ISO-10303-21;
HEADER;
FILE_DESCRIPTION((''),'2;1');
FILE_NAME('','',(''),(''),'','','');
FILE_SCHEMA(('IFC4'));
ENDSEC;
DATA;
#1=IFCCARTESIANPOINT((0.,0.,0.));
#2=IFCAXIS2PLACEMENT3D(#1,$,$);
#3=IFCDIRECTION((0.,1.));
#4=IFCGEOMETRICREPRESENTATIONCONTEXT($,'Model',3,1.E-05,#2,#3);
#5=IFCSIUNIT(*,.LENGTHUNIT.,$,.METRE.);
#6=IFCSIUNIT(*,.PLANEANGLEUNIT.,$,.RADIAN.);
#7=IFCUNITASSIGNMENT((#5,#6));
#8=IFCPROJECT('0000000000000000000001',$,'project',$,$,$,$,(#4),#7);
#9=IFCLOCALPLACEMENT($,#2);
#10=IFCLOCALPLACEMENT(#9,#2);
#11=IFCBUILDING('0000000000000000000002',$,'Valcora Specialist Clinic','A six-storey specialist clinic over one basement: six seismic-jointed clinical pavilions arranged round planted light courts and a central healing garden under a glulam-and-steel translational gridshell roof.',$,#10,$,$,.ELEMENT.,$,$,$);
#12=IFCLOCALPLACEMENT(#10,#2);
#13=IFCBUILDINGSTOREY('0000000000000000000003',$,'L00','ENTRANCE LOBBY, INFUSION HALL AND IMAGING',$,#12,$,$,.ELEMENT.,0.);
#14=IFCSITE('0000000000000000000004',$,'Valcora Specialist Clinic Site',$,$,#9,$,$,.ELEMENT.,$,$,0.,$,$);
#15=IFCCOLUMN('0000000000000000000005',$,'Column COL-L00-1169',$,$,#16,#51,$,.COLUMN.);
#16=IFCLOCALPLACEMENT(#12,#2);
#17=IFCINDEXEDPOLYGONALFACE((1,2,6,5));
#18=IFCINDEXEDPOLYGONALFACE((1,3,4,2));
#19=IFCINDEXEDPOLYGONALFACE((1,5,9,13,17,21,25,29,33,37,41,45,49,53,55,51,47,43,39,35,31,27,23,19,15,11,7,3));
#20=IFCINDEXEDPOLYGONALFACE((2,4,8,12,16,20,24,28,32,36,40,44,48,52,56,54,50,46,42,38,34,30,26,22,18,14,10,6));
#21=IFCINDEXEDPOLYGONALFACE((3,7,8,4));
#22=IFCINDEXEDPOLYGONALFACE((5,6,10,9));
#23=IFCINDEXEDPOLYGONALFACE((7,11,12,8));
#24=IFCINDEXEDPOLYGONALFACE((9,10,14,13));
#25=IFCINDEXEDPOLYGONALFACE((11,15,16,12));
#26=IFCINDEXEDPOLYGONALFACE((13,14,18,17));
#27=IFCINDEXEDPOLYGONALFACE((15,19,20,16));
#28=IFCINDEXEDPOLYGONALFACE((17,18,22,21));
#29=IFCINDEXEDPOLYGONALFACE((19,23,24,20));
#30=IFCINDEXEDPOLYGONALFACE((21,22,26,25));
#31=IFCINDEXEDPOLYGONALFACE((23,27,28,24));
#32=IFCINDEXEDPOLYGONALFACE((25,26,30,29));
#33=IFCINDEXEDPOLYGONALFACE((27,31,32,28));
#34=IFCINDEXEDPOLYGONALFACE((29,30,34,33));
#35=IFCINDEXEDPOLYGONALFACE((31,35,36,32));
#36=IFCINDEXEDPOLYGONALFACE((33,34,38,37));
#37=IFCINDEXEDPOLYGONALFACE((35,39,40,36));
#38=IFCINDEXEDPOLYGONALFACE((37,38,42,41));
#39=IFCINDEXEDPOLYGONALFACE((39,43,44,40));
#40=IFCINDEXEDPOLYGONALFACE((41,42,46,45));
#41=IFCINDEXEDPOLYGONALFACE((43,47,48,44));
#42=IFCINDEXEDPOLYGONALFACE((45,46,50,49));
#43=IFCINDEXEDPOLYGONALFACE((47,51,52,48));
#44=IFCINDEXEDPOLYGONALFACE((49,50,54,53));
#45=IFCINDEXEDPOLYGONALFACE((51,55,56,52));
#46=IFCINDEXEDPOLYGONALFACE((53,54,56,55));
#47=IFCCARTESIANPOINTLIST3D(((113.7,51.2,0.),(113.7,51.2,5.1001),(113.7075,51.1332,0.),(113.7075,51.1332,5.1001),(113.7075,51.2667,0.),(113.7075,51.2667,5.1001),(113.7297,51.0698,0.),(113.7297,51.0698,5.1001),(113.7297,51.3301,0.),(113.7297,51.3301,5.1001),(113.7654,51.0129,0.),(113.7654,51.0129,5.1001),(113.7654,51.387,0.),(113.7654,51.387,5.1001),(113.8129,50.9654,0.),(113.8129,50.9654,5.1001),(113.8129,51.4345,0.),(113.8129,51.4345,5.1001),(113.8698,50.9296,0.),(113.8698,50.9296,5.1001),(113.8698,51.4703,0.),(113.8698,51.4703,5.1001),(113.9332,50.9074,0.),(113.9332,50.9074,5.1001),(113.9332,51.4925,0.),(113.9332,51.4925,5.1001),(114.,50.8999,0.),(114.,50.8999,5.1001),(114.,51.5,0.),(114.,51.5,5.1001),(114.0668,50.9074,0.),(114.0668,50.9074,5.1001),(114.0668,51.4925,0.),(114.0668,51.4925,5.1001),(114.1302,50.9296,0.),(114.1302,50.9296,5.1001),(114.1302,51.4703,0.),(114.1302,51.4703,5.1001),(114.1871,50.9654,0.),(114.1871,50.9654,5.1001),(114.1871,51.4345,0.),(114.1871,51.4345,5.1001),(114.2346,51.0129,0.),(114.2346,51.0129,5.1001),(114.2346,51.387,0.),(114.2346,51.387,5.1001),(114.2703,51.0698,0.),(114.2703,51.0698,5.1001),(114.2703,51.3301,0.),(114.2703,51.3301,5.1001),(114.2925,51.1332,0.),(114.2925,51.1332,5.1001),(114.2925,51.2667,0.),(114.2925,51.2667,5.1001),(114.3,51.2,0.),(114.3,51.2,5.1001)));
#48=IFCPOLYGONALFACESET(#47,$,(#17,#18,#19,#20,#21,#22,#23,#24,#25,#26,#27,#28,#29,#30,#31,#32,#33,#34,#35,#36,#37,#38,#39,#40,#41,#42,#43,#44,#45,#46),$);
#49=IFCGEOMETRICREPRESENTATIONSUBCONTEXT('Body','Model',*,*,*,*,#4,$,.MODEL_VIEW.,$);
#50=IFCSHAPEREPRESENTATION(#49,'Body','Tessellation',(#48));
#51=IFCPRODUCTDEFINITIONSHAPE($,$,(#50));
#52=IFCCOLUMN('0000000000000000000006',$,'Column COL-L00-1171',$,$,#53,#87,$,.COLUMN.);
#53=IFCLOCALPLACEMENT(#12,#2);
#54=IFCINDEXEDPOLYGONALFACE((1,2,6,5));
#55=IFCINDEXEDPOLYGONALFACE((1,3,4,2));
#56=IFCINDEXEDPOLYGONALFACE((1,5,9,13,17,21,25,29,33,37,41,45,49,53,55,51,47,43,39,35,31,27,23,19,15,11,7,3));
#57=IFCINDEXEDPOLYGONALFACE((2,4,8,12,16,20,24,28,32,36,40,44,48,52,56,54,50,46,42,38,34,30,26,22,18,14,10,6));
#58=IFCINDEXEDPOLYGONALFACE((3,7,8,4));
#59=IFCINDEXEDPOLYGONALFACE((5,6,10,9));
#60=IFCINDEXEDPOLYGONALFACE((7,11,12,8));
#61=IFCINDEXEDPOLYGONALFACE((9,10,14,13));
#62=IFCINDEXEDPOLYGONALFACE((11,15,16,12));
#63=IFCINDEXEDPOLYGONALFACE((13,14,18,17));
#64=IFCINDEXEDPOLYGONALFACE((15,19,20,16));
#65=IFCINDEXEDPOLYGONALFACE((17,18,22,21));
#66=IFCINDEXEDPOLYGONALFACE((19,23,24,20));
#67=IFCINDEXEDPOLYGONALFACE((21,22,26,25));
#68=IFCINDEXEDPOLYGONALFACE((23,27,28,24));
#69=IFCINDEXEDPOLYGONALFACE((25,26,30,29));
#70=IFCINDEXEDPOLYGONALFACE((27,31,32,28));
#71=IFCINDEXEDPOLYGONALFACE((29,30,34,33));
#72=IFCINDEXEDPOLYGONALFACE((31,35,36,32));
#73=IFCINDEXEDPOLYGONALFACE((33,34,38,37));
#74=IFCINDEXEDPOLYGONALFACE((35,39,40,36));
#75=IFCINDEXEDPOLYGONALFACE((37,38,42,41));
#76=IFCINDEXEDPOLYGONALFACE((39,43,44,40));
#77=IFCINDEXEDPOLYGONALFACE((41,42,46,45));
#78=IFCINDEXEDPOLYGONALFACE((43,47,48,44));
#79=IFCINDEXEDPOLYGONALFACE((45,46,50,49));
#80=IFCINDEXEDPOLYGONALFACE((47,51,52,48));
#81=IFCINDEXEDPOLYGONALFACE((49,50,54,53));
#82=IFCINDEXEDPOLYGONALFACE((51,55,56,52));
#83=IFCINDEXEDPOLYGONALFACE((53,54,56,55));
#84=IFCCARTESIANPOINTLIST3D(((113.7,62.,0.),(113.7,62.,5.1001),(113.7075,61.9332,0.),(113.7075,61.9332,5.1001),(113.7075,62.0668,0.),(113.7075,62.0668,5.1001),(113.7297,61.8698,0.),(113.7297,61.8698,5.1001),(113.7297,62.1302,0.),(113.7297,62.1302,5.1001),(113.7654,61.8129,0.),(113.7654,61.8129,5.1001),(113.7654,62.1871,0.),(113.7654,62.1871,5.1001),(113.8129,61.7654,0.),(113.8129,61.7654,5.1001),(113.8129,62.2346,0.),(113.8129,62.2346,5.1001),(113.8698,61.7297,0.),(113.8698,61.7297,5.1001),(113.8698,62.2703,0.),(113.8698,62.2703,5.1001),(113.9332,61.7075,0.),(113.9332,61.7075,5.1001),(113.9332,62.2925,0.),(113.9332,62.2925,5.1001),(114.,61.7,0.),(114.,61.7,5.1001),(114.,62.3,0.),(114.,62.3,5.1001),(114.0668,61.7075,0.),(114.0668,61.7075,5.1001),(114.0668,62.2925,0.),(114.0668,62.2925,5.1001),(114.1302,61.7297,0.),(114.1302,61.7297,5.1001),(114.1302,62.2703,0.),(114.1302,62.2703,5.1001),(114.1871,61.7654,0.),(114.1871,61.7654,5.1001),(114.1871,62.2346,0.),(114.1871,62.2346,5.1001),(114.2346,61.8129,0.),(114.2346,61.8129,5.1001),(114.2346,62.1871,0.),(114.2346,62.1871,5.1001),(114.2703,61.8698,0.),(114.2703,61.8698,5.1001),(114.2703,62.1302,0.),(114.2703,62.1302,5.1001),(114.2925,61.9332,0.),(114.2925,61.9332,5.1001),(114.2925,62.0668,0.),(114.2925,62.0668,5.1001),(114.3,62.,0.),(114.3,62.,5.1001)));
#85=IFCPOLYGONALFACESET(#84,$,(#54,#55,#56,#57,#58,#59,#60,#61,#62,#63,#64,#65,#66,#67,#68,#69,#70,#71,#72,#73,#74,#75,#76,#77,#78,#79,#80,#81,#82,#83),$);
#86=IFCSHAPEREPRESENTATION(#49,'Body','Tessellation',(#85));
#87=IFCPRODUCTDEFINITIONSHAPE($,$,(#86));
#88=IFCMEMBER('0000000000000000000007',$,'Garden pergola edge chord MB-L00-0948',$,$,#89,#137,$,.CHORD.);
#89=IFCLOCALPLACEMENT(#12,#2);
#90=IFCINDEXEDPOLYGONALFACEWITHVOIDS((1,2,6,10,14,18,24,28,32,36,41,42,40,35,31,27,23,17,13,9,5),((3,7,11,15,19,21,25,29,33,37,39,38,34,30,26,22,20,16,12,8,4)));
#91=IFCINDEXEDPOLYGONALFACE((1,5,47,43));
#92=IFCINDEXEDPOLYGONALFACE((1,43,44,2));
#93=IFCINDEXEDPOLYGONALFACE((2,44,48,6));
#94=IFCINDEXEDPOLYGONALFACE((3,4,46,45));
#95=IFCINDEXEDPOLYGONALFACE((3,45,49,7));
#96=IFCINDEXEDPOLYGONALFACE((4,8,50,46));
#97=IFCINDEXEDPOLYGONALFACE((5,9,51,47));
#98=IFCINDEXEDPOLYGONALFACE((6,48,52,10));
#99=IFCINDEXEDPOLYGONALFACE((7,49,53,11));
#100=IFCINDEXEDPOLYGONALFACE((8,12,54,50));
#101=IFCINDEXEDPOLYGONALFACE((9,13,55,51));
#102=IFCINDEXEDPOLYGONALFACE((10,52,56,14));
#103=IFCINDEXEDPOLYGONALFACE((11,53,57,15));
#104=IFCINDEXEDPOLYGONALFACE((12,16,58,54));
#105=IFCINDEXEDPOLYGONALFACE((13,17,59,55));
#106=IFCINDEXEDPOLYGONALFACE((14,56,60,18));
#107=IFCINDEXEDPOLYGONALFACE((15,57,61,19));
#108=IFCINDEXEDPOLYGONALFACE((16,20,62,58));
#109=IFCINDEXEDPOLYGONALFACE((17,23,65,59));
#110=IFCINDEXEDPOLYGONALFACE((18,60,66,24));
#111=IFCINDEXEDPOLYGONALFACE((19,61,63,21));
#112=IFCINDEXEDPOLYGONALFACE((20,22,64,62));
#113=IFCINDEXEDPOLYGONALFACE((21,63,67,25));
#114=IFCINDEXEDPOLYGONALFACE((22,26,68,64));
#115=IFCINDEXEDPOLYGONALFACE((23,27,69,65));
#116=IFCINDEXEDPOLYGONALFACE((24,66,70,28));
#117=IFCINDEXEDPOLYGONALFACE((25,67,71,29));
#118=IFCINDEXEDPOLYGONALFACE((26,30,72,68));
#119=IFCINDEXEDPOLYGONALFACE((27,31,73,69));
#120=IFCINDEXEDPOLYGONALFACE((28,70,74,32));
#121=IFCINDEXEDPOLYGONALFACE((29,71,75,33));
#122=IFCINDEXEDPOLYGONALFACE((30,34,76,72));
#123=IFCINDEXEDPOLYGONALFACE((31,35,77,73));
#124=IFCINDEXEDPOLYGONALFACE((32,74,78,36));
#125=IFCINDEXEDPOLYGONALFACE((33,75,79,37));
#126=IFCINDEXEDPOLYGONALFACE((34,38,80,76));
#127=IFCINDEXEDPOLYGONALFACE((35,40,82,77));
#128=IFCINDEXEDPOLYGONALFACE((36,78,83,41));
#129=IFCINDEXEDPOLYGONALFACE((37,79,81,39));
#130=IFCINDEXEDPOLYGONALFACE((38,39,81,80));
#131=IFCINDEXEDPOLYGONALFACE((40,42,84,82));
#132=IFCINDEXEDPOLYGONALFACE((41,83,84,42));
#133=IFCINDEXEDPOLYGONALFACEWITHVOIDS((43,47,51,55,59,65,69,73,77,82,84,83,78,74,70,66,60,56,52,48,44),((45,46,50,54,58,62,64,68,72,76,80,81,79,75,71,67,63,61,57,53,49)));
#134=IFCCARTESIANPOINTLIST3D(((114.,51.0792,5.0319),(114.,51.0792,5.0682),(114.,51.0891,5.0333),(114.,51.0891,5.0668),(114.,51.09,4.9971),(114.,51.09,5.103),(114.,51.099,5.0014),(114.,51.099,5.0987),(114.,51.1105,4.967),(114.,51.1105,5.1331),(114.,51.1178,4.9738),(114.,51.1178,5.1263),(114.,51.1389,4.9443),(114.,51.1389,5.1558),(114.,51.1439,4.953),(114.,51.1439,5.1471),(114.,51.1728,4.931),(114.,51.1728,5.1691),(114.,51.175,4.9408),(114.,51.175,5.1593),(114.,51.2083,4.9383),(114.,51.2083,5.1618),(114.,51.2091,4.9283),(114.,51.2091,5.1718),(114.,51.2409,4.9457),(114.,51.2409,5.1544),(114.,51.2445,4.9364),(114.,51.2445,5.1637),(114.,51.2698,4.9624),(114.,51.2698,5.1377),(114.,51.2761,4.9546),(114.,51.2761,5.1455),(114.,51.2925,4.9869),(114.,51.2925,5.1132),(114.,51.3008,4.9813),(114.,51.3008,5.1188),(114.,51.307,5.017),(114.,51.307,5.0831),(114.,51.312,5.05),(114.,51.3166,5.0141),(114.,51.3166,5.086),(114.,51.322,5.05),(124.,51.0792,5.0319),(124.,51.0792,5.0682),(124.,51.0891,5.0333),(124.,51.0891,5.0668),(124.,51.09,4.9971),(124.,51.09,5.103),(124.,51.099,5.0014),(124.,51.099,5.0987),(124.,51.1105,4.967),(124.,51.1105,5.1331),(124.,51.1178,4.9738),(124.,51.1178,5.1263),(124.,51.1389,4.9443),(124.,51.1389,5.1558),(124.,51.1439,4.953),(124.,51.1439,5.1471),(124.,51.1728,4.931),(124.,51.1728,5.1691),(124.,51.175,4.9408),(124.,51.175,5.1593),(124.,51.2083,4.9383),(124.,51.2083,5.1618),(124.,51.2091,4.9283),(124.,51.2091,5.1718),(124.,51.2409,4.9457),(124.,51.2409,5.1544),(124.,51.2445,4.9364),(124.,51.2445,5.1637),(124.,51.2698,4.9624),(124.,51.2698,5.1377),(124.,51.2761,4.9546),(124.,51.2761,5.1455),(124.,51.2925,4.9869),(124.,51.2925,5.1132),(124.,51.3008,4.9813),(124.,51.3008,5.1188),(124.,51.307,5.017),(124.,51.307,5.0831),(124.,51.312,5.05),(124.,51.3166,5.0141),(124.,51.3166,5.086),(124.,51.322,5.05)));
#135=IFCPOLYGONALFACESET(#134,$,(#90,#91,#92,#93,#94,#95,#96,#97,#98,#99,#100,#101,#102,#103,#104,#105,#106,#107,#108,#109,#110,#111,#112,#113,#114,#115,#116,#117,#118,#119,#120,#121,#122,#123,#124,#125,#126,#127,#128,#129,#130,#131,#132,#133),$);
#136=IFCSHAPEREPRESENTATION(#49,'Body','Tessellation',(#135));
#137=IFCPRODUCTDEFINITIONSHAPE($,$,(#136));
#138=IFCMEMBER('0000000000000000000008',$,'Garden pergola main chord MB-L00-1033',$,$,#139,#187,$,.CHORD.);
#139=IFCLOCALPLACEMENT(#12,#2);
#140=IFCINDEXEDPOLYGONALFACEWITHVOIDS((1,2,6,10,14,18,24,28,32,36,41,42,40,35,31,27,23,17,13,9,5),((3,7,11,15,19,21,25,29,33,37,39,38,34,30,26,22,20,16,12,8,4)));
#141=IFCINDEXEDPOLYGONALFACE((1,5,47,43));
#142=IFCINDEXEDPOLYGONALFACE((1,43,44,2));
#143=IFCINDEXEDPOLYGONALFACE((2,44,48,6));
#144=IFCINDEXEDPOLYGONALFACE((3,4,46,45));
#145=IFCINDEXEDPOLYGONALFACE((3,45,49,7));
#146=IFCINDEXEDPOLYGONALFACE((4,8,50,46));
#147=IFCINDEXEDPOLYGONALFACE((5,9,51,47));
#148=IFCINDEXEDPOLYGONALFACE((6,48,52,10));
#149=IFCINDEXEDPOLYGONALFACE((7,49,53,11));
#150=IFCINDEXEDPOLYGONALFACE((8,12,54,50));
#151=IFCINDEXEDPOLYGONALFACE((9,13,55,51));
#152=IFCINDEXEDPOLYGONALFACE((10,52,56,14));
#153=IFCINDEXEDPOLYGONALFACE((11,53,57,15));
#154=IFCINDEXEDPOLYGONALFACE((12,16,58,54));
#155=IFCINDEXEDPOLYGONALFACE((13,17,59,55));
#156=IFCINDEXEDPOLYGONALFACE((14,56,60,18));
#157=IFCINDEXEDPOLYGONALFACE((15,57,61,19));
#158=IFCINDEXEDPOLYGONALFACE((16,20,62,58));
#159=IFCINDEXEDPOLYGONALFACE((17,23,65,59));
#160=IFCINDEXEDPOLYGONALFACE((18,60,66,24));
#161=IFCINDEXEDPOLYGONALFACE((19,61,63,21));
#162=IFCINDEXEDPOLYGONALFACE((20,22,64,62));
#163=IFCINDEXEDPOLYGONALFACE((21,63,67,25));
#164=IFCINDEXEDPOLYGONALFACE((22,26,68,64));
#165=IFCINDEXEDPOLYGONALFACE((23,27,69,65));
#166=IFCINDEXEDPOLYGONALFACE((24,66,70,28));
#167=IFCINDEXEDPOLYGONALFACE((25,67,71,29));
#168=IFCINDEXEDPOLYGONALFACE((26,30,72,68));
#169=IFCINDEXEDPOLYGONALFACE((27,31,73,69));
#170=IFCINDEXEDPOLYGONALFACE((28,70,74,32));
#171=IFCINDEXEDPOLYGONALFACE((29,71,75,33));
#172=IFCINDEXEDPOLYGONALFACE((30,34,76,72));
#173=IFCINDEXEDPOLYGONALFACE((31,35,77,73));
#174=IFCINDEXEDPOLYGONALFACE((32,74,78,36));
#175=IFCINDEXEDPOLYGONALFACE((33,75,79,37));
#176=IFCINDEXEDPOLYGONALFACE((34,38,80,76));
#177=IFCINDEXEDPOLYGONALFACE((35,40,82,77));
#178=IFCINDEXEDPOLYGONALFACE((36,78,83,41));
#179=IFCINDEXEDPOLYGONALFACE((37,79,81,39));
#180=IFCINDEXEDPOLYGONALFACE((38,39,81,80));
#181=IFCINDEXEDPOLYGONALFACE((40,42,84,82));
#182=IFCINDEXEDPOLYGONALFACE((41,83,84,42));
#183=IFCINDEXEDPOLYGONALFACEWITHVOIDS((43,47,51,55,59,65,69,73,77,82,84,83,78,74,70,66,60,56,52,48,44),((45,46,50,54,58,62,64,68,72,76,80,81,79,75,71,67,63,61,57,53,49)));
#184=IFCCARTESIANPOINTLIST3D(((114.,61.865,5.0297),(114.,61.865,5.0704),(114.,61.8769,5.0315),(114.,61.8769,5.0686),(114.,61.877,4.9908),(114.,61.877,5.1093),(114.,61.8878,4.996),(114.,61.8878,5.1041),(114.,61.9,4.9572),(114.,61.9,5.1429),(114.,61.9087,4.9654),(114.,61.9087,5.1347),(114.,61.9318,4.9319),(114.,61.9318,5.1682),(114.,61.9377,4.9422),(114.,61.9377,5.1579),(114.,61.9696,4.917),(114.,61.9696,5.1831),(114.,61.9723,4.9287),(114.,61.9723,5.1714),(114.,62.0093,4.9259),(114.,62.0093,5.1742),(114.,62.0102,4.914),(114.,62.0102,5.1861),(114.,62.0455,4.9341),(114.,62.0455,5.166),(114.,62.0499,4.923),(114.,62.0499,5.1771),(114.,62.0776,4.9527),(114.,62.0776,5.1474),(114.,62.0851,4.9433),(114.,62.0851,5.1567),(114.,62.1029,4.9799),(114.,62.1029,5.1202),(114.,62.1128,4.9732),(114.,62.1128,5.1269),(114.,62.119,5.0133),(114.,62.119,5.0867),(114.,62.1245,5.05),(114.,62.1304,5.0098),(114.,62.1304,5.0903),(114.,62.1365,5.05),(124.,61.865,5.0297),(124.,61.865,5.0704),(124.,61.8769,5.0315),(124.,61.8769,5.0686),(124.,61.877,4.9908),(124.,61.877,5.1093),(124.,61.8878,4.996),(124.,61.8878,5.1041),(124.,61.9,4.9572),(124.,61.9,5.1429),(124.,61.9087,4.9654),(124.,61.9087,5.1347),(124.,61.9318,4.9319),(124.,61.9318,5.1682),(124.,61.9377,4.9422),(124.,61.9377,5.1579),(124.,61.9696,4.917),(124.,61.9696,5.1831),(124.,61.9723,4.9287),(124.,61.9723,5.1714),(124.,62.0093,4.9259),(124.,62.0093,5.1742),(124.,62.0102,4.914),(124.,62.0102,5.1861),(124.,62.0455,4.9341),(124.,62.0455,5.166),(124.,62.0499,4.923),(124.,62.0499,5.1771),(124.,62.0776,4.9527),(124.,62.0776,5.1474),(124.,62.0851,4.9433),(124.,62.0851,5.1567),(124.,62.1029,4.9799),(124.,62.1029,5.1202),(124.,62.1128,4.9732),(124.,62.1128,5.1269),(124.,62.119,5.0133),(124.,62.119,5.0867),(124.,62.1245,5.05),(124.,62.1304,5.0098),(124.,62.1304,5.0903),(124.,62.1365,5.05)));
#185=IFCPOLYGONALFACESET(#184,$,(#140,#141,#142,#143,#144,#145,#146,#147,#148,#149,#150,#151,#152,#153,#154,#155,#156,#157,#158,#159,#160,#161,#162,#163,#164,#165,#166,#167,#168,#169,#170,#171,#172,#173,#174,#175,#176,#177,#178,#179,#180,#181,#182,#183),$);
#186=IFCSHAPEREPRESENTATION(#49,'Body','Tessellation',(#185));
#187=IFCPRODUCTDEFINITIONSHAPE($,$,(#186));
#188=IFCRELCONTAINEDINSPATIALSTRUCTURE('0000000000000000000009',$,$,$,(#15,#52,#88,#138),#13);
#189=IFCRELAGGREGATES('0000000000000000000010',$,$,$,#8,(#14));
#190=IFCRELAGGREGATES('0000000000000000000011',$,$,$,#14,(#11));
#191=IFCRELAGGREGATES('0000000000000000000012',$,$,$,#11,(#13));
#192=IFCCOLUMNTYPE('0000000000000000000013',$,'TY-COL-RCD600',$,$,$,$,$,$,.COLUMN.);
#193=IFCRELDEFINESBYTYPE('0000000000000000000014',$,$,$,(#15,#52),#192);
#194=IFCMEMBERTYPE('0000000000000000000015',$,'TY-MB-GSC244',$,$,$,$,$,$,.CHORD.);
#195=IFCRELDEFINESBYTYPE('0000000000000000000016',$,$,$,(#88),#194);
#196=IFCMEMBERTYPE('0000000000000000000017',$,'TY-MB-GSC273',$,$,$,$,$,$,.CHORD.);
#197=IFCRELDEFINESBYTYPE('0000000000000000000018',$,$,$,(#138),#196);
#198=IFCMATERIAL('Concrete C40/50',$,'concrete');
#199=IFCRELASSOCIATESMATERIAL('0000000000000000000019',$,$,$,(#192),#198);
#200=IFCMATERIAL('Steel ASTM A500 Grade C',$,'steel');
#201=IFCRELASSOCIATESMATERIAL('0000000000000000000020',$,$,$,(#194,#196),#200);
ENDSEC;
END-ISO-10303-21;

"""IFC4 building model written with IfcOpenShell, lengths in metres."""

from ifc_helpers import new_model, si_unit, direction, frame, origin, origin_2d, place, context, subcontext, project, spatial, circle, hollow_circle, extrude, material, material_profile, profile_set, type_object, element, save


model = new_model("IFC4")

# Units and contexts
model_context = context("Model", 3, precision=1e-05, world=origin(), true_north=direction((0.0, 1.0)))
body_context = subcontext(model_context, "Body", "Model", "MODEL_VIEW")
ifc_project = project(units=[si_unit("LENGTHUNIT", "METRE"), si_unit("PLANEANGLEUNIT", "RADIAN")], contexts=[model_context])

# Site, building, storey
site_placement = place(None, origin())
site = spatial("IfcSite", under=ifc_project, at=site_placement, Name="Valcora Specialist Clinic Site", CompositionType="ELEMENT", RefElevation=0.0)
building_placement = place(site_placement, origin())
building = spatial("IfcBuilding", under=site, at=building_placement, Name="Valcora Specialist Clinic", Description="A six-storey specialist clinic over one basement: six seismic-jointed clinical pavilions arranged round planted light courts and a central healing garden under a glulam-and-steel translational gridshell roof.", CompositionType="ELEMENT")
storey_placement = place(building_placement, origin())
storey = spatial("IfcBuildingStorey", under=building, at=storey_placement, Name="L00", Description="ENTRANCE LOBBY, INFUSION HALL AND IMAGING", CompositionType="ELEMENT", Elevation=0.0)

# Columns
ifc_material_1 = material(Name="Concrete C40/50", Category="concrete")
ifc_material_profile_1 = material_profile(ifc_material_1, circle(Radius=0.3, at=origin_2d()), Name="RC-COL-D600")
ifc_profile_set_1 = profile_set([ifc_material_profile_1], Name="Concrete C40/50")
column_type = type_object("IfcColumnType", Name="TY-COL-RCD600", PredefinedType="COLUMN", material=ifc_profile_set_1)
for number, where, z_axis, x_axis, name in (
    (1, (114.0, 51.2, 0.0), (0.0, 0.0, 1.0), (1.0, 0.0, 0.0), "Column COL-L00-1169"),
    (2, (114.0, 62.0, 0.0), (0.0, 0.0, 1.0), (1.0, 0.0, 0.0), "Column COL-L00-1171"),
):
    element("IfcColumn", number, at=place(storey_placement, frame(where, z_axis=z_axis, x_axis=x_axis)), inside=storey, type_object=column_type, Name=name, PredefinedType="COLUMN", context=body_context, shape_type="SweptSolid", body=[
        extrude(circle(Radius=0.3, at=origin_2d()), origin(), (0.0, 0.0, 1.0), 5.1001),
    ])

# Members
ifc_material_2 = material(Name="Steel ASTM A500 Grade C", Category="steel")
ifc_material_profile_2 = material_profile(ifc_material_2, hollow_circle(Radius=0.1221, WallThickness=0.01, at=origin_2d()), Name="ST-CHS-244X10")
ifc_profile_set_2 = profile_set([ifc_material_profile_2], Name="Steel ASTM A500 Grade C")
member_type_1 = type_object("IfcMemberType", Name="TY-MB-GSC244", PredefinedType="CHORD", material=ifc_profile_set_2)
member_1_placement = place(storey_placement, frame((114.0, 51.2, 5.05), z_axis=(1.0, 0.0, 0.0), x_axis=(0.0, 1.0, 0.0)))
element("IfcMember", 3, at=member_1_placement, inside=storey, type_object=member_type_1, Name="Garden pergola edge chord MB-L00-0948", PredefinedType="CHORD", context=body_context, shape_type="SweptSolid", body=[
    extrude(hollow_circle(Radius=0.1221, WallThickness=0.01, at=origin_2d()), origin(), (0.0, 0.0, 1.0), 10.0),
])
ifc_material_profile_3 = material_profile(ifc_material_2, hollow_circle(Radius=0.1365, WallThickness=0.012, at=origin_2d()), Name="ST-CHS-273X12")
ifc_profile_set_3 = profile_set([ifc_material_profile_3], Name="Steel ASTM A500 Grade C")
member_type_2 = type_object("IfcMemberType", Name="TY-MB-GSC273", PredefinedType="CHORD", material=ifc_profile_set_3)
member_2_placement = place(storey_placement, frame((114.0, 62.0, 5.05), z_axis=(1.0, 0.0, 0.0), x_axis=(0.0, 1.0, 0.0)))
element("IfcMember", 4, at=member_2_placement, inside=storey, type_object=member_type_2, Name="Garden pergola main chord MB-L00-1033", PredefinedType="CHORD", context=body_context, shape_type="SweptSolid", body=[
    extrude(hollow_circle(Radius=0.1365, WallThickness=0.012, at=origin_2d()), origin(), (0.0, 0.0, 1.0), 10.0),
])

save(model, "model.ifc")
